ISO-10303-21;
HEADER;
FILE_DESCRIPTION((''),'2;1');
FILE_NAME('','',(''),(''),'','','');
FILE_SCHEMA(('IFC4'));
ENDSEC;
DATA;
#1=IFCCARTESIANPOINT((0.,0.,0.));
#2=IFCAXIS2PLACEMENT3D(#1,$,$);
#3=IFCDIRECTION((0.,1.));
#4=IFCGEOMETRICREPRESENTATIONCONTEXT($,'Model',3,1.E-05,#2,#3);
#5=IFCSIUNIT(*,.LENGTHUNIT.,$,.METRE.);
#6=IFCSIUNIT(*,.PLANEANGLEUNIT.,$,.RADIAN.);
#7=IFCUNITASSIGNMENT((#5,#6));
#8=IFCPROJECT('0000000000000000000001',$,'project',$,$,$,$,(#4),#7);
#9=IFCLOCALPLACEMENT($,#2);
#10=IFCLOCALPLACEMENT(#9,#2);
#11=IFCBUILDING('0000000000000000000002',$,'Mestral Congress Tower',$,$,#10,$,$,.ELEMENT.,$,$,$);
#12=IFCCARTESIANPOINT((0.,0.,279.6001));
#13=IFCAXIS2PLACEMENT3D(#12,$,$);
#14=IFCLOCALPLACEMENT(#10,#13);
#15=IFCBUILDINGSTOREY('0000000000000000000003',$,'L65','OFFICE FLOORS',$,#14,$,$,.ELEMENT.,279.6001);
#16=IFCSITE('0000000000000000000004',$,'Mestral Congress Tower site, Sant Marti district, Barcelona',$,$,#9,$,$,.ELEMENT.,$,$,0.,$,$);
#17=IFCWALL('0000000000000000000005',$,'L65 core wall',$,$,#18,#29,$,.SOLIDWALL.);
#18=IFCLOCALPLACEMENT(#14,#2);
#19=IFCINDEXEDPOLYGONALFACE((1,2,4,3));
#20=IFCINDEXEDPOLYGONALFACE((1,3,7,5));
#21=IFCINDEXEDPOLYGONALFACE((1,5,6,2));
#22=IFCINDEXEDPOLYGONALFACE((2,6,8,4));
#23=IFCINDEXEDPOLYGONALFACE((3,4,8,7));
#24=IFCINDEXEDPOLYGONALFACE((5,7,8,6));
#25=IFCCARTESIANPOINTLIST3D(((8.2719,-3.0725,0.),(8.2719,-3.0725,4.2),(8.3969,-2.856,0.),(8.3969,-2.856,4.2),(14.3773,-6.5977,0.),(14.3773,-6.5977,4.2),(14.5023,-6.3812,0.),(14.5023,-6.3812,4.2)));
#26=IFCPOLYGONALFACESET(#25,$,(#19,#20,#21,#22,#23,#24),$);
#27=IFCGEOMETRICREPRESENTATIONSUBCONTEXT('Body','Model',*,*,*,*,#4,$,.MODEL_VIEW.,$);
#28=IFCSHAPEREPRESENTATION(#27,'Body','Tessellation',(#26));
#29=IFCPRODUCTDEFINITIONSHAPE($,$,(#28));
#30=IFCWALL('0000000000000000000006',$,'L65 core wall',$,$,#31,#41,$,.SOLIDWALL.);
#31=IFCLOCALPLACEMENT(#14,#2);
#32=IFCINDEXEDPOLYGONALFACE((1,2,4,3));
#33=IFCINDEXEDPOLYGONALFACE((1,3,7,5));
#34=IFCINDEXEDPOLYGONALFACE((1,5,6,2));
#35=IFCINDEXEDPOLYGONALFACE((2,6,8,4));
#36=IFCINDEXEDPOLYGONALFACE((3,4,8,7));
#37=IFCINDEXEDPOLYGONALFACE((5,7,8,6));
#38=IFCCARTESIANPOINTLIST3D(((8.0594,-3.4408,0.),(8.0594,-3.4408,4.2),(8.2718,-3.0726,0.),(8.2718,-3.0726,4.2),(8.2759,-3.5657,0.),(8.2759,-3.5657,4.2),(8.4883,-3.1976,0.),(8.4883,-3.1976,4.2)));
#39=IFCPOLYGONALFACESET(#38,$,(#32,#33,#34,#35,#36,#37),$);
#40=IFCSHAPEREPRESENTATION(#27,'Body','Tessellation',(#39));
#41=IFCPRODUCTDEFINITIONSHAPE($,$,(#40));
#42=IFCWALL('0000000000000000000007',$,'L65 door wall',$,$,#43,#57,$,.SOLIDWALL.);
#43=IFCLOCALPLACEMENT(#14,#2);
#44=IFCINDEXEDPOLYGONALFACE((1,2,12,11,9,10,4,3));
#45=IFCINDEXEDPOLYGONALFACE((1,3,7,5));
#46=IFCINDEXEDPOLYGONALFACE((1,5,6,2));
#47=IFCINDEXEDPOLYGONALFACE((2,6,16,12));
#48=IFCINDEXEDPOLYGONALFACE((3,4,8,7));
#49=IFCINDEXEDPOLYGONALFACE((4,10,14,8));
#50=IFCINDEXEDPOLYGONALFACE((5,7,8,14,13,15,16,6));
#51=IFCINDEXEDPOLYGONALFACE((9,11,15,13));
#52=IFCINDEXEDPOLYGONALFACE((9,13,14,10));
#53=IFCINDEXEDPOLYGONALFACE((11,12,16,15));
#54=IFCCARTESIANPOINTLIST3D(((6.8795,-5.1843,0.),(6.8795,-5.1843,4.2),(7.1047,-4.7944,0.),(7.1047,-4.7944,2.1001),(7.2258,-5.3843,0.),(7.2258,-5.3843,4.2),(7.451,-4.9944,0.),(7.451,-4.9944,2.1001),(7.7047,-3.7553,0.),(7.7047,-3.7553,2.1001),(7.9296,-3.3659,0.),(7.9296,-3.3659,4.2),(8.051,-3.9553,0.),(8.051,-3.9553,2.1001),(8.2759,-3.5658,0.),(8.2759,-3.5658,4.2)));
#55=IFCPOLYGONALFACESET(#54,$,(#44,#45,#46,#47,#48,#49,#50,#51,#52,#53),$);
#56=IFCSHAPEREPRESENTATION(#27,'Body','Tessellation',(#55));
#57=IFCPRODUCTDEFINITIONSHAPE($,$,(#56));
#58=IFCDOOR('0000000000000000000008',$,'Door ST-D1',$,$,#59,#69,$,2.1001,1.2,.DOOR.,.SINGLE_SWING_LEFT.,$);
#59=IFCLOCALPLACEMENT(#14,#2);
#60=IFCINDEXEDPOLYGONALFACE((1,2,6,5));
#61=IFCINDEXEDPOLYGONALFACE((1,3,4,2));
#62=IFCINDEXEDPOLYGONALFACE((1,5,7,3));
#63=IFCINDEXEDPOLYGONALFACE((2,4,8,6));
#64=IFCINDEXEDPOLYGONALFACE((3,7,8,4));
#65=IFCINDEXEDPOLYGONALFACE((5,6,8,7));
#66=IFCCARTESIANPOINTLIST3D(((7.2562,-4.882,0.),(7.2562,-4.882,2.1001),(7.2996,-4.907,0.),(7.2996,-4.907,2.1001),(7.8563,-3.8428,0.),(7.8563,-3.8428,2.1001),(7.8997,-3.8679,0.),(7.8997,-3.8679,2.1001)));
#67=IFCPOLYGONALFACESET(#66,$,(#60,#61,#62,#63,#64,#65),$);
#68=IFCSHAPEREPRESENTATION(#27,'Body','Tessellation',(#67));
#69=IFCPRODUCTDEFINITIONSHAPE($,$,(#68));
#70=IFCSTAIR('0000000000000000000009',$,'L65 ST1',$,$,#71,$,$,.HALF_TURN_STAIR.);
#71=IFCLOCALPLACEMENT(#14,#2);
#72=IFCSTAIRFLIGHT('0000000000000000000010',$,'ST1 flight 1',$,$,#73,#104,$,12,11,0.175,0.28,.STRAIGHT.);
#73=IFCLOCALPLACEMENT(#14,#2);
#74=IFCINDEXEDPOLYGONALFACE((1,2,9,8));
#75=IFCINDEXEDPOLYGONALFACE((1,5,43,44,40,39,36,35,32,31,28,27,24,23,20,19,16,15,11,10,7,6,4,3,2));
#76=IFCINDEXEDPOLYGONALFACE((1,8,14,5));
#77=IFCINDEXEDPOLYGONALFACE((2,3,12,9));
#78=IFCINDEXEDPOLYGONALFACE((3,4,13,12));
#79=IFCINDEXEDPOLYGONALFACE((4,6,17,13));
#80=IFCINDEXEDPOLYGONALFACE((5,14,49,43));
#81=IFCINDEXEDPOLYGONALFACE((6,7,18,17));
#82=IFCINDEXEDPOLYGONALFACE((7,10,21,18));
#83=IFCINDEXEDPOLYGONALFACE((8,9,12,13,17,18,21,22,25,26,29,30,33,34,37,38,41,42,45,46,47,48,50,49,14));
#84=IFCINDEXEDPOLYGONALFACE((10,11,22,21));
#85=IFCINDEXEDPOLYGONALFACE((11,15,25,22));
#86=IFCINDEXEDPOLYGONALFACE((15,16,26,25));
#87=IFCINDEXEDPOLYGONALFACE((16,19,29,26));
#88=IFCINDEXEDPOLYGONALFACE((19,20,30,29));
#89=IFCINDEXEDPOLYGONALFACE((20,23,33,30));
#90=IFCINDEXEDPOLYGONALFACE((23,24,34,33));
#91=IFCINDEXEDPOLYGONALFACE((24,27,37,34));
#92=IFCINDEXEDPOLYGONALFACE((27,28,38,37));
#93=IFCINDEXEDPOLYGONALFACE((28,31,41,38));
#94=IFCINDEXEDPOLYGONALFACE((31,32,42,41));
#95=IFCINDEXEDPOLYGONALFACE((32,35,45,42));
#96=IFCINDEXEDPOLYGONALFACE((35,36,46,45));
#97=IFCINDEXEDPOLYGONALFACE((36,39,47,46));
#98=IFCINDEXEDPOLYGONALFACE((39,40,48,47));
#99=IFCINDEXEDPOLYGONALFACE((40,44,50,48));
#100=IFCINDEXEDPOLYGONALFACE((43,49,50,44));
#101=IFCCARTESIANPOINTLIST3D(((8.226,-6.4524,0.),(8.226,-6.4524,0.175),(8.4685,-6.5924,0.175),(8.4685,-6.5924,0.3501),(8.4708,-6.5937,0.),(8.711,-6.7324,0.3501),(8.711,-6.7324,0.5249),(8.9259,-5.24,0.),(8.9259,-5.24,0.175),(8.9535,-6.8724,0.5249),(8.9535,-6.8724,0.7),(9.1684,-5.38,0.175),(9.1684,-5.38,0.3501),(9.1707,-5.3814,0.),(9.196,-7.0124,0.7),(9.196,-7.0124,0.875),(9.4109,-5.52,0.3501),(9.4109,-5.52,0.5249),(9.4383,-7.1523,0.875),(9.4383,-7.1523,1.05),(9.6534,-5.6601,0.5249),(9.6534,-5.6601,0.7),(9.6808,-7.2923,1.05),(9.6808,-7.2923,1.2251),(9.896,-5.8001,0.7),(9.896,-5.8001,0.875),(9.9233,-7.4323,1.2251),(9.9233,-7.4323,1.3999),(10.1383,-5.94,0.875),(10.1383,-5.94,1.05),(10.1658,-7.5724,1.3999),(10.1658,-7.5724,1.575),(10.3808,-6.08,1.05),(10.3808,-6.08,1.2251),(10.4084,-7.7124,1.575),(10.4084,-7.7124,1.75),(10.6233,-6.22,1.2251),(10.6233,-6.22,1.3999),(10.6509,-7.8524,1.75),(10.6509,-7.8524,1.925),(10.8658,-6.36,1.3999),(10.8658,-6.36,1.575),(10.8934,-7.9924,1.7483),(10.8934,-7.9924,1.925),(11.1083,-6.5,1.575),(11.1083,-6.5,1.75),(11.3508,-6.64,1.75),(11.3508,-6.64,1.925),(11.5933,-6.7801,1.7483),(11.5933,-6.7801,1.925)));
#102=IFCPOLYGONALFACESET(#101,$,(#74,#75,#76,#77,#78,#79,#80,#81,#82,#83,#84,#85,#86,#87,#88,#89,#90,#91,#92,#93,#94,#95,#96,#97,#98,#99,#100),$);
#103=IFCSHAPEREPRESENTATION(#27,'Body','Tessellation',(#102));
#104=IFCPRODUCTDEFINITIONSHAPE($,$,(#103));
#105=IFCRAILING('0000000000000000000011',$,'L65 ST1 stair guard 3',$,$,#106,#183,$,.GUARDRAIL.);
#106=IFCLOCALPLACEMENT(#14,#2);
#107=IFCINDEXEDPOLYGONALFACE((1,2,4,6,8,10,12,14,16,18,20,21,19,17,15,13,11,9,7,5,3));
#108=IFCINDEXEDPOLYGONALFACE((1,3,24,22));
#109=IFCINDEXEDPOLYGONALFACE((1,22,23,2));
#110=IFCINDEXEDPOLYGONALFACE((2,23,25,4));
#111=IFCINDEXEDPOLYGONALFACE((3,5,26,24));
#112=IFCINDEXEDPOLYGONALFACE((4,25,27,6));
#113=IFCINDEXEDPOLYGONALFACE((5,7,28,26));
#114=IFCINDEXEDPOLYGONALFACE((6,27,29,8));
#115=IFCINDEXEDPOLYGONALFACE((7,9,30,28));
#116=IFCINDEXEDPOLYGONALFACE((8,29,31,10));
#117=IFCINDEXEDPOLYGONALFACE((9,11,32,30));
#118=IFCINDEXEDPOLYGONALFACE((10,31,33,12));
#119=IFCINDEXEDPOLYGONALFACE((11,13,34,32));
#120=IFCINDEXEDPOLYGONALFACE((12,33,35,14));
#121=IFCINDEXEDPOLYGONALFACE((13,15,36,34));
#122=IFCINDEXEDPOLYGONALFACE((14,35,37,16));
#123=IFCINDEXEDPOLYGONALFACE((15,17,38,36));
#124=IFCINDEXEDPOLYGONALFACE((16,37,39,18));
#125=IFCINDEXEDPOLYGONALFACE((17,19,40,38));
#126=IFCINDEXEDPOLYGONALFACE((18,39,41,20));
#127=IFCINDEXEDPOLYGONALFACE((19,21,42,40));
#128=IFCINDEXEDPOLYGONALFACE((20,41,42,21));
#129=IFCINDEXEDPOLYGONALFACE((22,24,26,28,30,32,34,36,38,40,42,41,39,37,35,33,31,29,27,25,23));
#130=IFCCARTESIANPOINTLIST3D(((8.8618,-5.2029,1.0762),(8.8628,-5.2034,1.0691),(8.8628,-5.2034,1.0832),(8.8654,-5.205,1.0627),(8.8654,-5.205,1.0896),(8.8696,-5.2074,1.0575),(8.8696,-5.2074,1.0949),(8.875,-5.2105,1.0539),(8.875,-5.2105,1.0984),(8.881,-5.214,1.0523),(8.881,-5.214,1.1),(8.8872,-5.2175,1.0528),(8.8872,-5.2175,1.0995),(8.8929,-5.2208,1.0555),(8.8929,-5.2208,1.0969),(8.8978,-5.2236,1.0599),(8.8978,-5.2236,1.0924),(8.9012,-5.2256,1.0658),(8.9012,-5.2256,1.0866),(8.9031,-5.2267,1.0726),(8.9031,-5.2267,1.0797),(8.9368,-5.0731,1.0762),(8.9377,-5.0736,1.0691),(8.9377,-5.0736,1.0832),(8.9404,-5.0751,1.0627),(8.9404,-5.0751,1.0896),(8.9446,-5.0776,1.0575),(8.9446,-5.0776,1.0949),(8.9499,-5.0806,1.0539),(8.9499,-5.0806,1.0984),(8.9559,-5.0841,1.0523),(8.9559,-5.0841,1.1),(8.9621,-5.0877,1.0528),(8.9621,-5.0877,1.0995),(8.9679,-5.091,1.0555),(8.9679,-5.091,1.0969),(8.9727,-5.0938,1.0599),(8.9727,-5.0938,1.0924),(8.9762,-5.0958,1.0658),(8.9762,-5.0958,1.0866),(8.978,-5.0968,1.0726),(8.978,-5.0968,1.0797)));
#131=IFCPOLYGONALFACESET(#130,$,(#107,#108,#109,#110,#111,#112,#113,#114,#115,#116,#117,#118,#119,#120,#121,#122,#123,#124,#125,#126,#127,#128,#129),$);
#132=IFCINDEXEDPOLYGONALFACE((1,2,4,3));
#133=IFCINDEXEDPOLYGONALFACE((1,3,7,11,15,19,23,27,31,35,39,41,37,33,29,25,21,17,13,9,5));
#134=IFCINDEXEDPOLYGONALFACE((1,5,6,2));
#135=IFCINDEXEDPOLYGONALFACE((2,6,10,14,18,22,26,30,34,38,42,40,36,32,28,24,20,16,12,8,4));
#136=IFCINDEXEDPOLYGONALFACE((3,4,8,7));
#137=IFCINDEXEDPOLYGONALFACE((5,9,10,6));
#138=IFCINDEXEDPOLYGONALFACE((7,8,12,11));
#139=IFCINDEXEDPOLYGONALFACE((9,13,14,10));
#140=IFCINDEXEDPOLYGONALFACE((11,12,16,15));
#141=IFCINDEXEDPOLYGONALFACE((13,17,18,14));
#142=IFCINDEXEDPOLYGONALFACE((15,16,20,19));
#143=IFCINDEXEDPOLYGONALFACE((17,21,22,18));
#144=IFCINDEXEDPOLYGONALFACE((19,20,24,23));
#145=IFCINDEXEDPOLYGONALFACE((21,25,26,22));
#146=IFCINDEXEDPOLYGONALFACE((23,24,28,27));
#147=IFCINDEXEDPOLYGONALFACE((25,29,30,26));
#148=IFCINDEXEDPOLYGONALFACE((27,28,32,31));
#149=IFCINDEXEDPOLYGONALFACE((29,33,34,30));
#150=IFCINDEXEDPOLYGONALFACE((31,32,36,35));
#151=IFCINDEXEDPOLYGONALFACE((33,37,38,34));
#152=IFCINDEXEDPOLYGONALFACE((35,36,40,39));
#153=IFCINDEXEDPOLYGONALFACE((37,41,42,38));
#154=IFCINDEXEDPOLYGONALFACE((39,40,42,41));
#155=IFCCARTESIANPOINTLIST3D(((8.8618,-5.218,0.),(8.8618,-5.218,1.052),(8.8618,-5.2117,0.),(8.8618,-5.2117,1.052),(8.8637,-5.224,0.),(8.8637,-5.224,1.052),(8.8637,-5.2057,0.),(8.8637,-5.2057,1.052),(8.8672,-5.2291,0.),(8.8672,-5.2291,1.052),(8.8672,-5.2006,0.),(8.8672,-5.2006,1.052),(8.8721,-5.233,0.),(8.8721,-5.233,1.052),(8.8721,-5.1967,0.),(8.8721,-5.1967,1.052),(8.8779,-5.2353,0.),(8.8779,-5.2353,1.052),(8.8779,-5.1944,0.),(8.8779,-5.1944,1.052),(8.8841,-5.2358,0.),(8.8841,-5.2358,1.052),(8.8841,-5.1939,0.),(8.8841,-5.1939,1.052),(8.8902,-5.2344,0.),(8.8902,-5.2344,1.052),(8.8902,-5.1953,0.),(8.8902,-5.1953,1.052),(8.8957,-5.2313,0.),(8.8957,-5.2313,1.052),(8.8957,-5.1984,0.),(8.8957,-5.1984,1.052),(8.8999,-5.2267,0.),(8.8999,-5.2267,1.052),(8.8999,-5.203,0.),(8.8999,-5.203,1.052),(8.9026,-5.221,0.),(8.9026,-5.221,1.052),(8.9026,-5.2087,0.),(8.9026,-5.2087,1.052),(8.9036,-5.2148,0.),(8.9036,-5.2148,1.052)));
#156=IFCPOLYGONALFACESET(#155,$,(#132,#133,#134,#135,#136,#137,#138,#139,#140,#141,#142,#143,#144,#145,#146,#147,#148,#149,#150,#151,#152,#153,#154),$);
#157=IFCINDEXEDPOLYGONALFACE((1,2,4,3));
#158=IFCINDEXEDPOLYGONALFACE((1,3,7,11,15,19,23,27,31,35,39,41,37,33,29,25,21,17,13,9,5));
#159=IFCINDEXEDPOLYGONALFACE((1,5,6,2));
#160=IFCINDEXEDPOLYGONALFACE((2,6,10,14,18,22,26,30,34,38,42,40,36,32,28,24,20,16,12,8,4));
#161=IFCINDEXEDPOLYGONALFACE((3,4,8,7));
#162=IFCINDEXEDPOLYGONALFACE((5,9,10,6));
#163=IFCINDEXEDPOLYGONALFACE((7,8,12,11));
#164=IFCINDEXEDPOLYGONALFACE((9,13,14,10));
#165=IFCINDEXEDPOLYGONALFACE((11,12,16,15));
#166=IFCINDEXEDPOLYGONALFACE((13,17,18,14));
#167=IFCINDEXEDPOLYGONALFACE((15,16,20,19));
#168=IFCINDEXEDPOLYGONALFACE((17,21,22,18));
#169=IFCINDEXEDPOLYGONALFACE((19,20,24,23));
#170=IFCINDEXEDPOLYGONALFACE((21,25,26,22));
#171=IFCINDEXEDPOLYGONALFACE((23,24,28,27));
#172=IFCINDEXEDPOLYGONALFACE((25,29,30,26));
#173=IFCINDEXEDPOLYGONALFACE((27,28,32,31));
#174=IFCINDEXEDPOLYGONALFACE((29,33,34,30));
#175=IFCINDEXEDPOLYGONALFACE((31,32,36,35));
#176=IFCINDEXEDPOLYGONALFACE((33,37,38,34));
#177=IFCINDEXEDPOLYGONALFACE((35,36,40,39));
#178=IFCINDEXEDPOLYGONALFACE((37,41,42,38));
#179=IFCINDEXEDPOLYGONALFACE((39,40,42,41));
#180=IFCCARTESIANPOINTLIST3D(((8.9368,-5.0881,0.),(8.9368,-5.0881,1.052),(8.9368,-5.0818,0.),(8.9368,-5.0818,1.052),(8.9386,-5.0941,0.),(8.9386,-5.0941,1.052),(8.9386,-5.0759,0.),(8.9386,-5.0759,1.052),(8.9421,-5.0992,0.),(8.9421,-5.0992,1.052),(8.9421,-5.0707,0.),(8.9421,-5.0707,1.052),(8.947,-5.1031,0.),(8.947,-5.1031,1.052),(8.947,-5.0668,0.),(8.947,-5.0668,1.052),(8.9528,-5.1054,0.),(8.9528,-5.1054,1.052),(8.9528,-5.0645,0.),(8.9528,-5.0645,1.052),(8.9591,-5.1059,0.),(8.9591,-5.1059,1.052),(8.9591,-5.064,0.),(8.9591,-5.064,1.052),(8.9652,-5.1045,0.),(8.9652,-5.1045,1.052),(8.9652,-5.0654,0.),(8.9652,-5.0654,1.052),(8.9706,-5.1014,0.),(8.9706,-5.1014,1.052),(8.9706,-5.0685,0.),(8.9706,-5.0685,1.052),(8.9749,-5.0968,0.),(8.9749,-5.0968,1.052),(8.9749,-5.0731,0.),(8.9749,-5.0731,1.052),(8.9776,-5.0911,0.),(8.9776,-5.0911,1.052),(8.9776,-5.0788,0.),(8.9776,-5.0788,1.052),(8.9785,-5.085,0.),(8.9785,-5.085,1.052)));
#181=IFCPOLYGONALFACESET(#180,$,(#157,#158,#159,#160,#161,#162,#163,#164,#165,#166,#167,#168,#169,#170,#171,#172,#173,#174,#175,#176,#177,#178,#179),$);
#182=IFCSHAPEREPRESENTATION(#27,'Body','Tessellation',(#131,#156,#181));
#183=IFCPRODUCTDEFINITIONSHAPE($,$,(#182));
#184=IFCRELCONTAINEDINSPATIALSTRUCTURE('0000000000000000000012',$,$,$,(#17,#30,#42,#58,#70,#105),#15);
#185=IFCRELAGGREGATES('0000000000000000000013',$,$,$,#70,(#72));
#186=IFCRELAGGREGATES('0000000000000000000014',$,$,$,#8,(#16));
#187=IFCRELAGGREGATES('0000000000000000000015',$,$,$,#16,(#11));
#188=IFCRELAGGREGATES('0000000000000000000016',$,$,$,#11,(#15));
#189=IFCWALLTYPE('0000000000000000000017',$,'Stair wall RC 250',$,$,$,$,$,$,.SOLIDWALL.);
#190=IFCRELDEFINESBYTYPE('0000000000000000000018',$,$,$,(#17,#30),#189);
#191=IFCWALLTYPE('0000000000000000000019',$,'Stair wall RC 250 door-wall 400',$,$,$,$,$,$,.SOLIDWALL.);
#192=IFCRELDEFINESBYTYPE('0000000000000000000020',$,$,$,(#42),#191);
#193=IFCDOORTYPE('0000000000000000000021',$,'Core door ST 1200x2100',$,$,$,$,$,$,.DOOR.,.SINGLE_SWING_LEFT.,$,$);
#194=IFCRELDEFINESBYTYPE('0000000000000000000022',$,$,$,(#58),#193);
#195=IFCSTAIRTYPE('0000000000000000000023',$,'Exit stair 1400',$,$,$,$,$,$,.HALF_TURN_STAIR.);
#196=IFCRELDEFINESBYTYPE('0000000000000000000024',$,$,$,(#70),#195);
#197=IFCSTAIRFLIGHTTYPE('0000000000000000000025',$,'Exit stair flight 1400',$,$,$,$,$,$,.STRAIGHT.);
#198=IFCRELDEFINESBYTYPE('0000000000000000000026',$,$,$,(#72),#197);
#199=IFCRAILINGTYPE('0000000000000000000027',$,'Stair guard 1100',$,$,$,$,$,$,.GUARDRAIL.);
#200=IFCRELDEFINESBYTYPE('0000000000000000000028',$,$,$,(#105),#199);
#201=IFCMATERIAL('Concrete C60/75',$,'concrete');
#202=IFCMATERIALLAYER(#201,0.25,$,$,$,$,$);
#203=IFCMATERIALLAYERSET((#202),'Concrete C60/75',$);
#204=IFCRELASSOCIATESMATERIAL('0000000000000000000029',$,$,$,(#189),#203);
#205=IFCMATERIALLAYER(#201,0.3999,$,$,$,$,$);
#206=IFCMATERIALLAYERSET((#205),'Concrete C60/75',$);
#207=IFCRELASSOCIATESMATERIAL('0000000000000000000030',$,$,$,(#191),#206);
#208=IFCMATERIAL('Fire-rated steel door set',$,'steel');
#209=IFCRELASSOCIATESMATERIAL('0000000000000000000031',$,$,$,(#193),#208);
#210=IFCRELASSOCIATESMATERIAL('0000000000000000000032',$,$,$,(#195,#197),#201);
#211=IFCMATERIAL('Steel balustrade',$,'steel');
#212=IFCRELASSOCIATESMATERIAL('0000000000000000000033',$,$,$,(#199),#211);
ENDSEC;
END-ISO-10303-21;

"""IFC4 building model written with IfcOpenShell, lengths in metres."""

from ifc_helpers import new_model, si_unit, direction, frame, frame_2d, origin, origin_2d, place, context, subcontext, project, spatial, polyline, rectangle, circle, outline, extrude, material, layer, layer_set, type_object, element, fill, aggregate, save


model = new_model("IFC4")

# Units and contexts
model_context = context("Model", 3, precision=1e-05, world=origin(), true_north=direction((0.0, 1.0)))
body_context = subcontext(model_context, "Body", "Model", "MODEL_VIEW")
ifc_project = project(units=[si_unit("LENGTHUNIT", "METRE"), si_unit("PLANEANGLEUNIT", "RADIAN")], contexts=[model_context])

# Site, building, storey
site_placement = place(None, origin())
site = spatial("IfcSite", under=ifc_project, at=site_placement, Name="Mestral Congress Tower site, Sant Marti district, Barcelona", CompositionType="ELEMENT", RefElevation=0.0)
building_placement = place(site_placement, origin())
building = spatial("IfcBuilding", under=site, at=building_placement, Name="Mestral Congress Tower", CompositionType="ELEMENT")
storey_placement = place(building_placement, frame((0.0, 0.0, 279.6001)))
storey = spatial("IfcBuildingStorey", under=building, at=storey_placement, Name="L65", Description="OFFICE FLOORS", CompositionType="ELEMENT", Elevation=279.6001)

# Shared definitions
ifc_material_1 = material(Name="Fire-rated steel door set", Category="steel")

# Shared definitions
ifc_material_2 = material(Name="Concrete C60/75", Category="concrete")

# Walls
ifc_layer_1 = layer(ifc_material_2, 0.25)
ifc_layer_set_1 = layer_set([ifc_layer_1], Name="Concrete C60/75")
wall_type_1 = type_object("IfcWallType", Name="Stair wall RC 250", PredefinedType="SOLIDWALL", material=ifc_layer_set_1)
wall_1_placement = place(storey_placement, frame((8.3345, -2.9644, 0.0), z_axis=(0.0, 0.0, 1.0), x_axis=(0.866016, -0.500016, 0.0)))
element("IfcWall", 1, at=wall_1_placement, inside=storey, type_object=wall_type_1, Name="L65 core wall", PredefinedType="SOLIDWALL", context=body_context, shape_type="SweptSolid", body=[
    extrude(rectangle(XDim=7.05, YDim=0.25, at=frame_2d((3.5249, 0.0))), origin(), (0.0, 0.0, 1.0), 4.2),
])
wall_2_placement = place(storey_placement, frame((8.1677, -3.5032, 0.0), z_axis=(0.0, 0.0, 1.0), x_axis=(0.499722, 0.866186, 0.0)))
element("IfcWall", 2, at=wall_2_placement, inside=storey, type_object=wall_type_1, Name="L65 core wall", PredefinedType="SOLIDWALL", context=body_context, shape_type="SweptSolid", body=[
    extrude(rectangle(XDim=0.425, YDim=0.25, at=frame_2d((0.2124, 0.0))), origin(), (0.0, 0.0, 1.0), 4.2),
])

# Wall, opening, door
ifc_layer_2 = layer(ifc_material_2, 0.3999)
ifc_layer_set_2 = layer_set([ifc_layer_2], Name="Concrete C60/75")
wall_type_2 = type_object("IfcWallType", Name="Stair wall RC 250 door-wall 400", PredefinedType="SOLIDWALL", material=ifc_layer_set_2)
wall_3_placement = place(storey_placement, frame((7.0527, -5.2842, 0.0), z_axis=(0.0, 0.0, 1.0), x_axis=(0.500078, 0.86598, 0.0)))
wall_3 = element("IfcWall", 3, at=wall_3_placement, inside=storey, type_object=wall_type_2, Name="L65 door wall", PredefinedType="SOLIDWALL", context=body_context, shape_type="SweptSolid", body=[
    extrude(rectangle(XDim=2.0999, YDim=0.3999, at=frame_2d((1.0498, 0.0))), origin(), (0.0, 0.0, 1.0), 4.2),
])
opening_1_placement = place(wall_3_placement, frame((0.45, 0.0, 0.0)))
opening_1 = element("IfcOpeningElement", 4, at=opening_1_placement, cuts=wall_3, PredefinedType="OPENING", context=body_context, shape_type="SweptSolid", body=[
    extrude(rectangle(XDim=1.2, YDim=2.1001, at=frame_2d((0.6001, 1.05))), frame((0.0, 0.21, 0.0), z_axis=(0.0, -1.0, 0.0), x_axis=(1.0, 0.0, 0.0)), (0.0, 0.0, 1.0), 0.4199),
])
door_type_1 = type_object("IfcDoorType", Name="Core door ST 1200x2100", OperationType="SINGLE_SWING_LEFT", PredefinedType="DOOR", material=ifc_material_1)
door_1_placement = place(opening_1_placement, origin())
door_1 = element("IfcDoor", 5, at=door_1_placement, inside=storey, type_object=door_type_1, Name="Door ST-D1", OperationType="SINGLE_SWING_LEFT", OverallHeight=2.1001, OverallWidth=1.2, PredefinedType="DOOR", context=body_context, shape_type="SweptSolid", body=[
    extrude(rectangle(XDim=1.2, YDim=2.1001, at=frame_2d((0.6001, 1.05))), frame((0.0, 0.0249, 0.0), z_axis=(0.0, -1.0, 0.0), x_axis=(1.0, 0.0, 0.0)), (0.0, 0.0, 1.0), 0.05),
])
fill(opening_1, door_1)

# Stair, stair flight
stair_type = type_object("IfcStairType", Name="Exit stair 1400", PredefinedType="HALF_TURN_STAIR", material=ifc_material_2)
stair_placement = place(storey_placement, origin())
stair = element("IfcStair", 6, at=stair_placement, inside=storey, type_object=stair_type, Name="L65 ST1", PredefinedType="HALF_TURN_STAIR")
stair_flight_type = type_object("IfcStairFlightType", Name="Exit stair flight 1400", PredefinedType="STRAIGHT", material=ifc_material_2)
stair_flight_placement = place(storey_placement, frame((8.5759, -5.8462, 0.0), z_axis=(0.0, 0.0, 1.0), x_axis=(0.866025, -0.5, 0.0)))
stair_flight = element("IfcStairFlight", 7, at=stair_flight_placement, type_object=stair_flight_type, Name="ST1 flight 1", NumberOfRisers=12, NumberOfTreads=11, PredefinedType="STRAIGHT", RiserHeight=0.175, TreadLength=0.28, context=body_context, shape_type="SweptSolid", body=[
    extrude(outline(polyline([(0.0, 0.0), (0.0, 0.175), (0.28, 0.175), (0.28, 0.3501), (0.5601, 0.3501), (0.5601, 0.5249), (0.8401, 0.5249), (0.8401, 0.7), (1.1201, 0.7), (1.1201, 0.875), (1.3999, 0.875), (1.3999, 1.05), (1.6799, 1.05), (1.6799, 1.2251), (1.96, 1.2251), (1.96, 1.3999), (2.24, 1.3999), (2.24, 1.575), (2.52, 1.575), (2.52, 1.75), (2.8, 1.75), (2.8, 1.925), (3.0801, 1.925), (3.0801, 2.1001), (3.0801, 1.7483), (0.2827, 0.0), (0.0, 0.0)])), frame((0.0, 0.7, 0.0), z_axis=(0.0, -1.0, 0.0), x_axis=(1.0, 0.0, 0.0)), (0.0, 0.0, 1.0), 1.3999),
])
aggregate(stair, [stair_flight])

# Railing
ifc_material_3 = material(Name="Steel balustrade", Category="steel")
railing_type_1 = type_object("IfcRailingType", Name="Stair guard 1100", PredefinedType="GUARDRAIL", material=ifc_material_3)
railing_1_placement = place(storey_placement, frame((8.8826, -5.2148, 0.0)))
element("IfcRailing", 8, at=railing_1_placement, inside=storey, type_object=railing_type_1, Name="L65 ST1 stair guard 3", PredefinedType="GUARDRAIL", context=body_context, shape_type="SweptSolid", body=[
    extrude(circle(Radius=0.0239, at=origin_2d()), frame((0.0, 0.0, 1.0762), z_axis=(0.499816, 0.866131, 0.0), x_axis=(-0.866131, 0.499816, 0.0)), (0.0, 0.0, 1.0), 0.1499),
    extrude(circle(Radius=0.021, at=origin_2d()), origin(), (0.0, 0.0, 1.0), 1.052),
    extrude(circle(Radius=0.021, at=origin_2d()), frame((0.075, 0.1299, 0.0)), (0.0, 0.0, 1.0), 1.052),
])

save(model, "model.ifc")
